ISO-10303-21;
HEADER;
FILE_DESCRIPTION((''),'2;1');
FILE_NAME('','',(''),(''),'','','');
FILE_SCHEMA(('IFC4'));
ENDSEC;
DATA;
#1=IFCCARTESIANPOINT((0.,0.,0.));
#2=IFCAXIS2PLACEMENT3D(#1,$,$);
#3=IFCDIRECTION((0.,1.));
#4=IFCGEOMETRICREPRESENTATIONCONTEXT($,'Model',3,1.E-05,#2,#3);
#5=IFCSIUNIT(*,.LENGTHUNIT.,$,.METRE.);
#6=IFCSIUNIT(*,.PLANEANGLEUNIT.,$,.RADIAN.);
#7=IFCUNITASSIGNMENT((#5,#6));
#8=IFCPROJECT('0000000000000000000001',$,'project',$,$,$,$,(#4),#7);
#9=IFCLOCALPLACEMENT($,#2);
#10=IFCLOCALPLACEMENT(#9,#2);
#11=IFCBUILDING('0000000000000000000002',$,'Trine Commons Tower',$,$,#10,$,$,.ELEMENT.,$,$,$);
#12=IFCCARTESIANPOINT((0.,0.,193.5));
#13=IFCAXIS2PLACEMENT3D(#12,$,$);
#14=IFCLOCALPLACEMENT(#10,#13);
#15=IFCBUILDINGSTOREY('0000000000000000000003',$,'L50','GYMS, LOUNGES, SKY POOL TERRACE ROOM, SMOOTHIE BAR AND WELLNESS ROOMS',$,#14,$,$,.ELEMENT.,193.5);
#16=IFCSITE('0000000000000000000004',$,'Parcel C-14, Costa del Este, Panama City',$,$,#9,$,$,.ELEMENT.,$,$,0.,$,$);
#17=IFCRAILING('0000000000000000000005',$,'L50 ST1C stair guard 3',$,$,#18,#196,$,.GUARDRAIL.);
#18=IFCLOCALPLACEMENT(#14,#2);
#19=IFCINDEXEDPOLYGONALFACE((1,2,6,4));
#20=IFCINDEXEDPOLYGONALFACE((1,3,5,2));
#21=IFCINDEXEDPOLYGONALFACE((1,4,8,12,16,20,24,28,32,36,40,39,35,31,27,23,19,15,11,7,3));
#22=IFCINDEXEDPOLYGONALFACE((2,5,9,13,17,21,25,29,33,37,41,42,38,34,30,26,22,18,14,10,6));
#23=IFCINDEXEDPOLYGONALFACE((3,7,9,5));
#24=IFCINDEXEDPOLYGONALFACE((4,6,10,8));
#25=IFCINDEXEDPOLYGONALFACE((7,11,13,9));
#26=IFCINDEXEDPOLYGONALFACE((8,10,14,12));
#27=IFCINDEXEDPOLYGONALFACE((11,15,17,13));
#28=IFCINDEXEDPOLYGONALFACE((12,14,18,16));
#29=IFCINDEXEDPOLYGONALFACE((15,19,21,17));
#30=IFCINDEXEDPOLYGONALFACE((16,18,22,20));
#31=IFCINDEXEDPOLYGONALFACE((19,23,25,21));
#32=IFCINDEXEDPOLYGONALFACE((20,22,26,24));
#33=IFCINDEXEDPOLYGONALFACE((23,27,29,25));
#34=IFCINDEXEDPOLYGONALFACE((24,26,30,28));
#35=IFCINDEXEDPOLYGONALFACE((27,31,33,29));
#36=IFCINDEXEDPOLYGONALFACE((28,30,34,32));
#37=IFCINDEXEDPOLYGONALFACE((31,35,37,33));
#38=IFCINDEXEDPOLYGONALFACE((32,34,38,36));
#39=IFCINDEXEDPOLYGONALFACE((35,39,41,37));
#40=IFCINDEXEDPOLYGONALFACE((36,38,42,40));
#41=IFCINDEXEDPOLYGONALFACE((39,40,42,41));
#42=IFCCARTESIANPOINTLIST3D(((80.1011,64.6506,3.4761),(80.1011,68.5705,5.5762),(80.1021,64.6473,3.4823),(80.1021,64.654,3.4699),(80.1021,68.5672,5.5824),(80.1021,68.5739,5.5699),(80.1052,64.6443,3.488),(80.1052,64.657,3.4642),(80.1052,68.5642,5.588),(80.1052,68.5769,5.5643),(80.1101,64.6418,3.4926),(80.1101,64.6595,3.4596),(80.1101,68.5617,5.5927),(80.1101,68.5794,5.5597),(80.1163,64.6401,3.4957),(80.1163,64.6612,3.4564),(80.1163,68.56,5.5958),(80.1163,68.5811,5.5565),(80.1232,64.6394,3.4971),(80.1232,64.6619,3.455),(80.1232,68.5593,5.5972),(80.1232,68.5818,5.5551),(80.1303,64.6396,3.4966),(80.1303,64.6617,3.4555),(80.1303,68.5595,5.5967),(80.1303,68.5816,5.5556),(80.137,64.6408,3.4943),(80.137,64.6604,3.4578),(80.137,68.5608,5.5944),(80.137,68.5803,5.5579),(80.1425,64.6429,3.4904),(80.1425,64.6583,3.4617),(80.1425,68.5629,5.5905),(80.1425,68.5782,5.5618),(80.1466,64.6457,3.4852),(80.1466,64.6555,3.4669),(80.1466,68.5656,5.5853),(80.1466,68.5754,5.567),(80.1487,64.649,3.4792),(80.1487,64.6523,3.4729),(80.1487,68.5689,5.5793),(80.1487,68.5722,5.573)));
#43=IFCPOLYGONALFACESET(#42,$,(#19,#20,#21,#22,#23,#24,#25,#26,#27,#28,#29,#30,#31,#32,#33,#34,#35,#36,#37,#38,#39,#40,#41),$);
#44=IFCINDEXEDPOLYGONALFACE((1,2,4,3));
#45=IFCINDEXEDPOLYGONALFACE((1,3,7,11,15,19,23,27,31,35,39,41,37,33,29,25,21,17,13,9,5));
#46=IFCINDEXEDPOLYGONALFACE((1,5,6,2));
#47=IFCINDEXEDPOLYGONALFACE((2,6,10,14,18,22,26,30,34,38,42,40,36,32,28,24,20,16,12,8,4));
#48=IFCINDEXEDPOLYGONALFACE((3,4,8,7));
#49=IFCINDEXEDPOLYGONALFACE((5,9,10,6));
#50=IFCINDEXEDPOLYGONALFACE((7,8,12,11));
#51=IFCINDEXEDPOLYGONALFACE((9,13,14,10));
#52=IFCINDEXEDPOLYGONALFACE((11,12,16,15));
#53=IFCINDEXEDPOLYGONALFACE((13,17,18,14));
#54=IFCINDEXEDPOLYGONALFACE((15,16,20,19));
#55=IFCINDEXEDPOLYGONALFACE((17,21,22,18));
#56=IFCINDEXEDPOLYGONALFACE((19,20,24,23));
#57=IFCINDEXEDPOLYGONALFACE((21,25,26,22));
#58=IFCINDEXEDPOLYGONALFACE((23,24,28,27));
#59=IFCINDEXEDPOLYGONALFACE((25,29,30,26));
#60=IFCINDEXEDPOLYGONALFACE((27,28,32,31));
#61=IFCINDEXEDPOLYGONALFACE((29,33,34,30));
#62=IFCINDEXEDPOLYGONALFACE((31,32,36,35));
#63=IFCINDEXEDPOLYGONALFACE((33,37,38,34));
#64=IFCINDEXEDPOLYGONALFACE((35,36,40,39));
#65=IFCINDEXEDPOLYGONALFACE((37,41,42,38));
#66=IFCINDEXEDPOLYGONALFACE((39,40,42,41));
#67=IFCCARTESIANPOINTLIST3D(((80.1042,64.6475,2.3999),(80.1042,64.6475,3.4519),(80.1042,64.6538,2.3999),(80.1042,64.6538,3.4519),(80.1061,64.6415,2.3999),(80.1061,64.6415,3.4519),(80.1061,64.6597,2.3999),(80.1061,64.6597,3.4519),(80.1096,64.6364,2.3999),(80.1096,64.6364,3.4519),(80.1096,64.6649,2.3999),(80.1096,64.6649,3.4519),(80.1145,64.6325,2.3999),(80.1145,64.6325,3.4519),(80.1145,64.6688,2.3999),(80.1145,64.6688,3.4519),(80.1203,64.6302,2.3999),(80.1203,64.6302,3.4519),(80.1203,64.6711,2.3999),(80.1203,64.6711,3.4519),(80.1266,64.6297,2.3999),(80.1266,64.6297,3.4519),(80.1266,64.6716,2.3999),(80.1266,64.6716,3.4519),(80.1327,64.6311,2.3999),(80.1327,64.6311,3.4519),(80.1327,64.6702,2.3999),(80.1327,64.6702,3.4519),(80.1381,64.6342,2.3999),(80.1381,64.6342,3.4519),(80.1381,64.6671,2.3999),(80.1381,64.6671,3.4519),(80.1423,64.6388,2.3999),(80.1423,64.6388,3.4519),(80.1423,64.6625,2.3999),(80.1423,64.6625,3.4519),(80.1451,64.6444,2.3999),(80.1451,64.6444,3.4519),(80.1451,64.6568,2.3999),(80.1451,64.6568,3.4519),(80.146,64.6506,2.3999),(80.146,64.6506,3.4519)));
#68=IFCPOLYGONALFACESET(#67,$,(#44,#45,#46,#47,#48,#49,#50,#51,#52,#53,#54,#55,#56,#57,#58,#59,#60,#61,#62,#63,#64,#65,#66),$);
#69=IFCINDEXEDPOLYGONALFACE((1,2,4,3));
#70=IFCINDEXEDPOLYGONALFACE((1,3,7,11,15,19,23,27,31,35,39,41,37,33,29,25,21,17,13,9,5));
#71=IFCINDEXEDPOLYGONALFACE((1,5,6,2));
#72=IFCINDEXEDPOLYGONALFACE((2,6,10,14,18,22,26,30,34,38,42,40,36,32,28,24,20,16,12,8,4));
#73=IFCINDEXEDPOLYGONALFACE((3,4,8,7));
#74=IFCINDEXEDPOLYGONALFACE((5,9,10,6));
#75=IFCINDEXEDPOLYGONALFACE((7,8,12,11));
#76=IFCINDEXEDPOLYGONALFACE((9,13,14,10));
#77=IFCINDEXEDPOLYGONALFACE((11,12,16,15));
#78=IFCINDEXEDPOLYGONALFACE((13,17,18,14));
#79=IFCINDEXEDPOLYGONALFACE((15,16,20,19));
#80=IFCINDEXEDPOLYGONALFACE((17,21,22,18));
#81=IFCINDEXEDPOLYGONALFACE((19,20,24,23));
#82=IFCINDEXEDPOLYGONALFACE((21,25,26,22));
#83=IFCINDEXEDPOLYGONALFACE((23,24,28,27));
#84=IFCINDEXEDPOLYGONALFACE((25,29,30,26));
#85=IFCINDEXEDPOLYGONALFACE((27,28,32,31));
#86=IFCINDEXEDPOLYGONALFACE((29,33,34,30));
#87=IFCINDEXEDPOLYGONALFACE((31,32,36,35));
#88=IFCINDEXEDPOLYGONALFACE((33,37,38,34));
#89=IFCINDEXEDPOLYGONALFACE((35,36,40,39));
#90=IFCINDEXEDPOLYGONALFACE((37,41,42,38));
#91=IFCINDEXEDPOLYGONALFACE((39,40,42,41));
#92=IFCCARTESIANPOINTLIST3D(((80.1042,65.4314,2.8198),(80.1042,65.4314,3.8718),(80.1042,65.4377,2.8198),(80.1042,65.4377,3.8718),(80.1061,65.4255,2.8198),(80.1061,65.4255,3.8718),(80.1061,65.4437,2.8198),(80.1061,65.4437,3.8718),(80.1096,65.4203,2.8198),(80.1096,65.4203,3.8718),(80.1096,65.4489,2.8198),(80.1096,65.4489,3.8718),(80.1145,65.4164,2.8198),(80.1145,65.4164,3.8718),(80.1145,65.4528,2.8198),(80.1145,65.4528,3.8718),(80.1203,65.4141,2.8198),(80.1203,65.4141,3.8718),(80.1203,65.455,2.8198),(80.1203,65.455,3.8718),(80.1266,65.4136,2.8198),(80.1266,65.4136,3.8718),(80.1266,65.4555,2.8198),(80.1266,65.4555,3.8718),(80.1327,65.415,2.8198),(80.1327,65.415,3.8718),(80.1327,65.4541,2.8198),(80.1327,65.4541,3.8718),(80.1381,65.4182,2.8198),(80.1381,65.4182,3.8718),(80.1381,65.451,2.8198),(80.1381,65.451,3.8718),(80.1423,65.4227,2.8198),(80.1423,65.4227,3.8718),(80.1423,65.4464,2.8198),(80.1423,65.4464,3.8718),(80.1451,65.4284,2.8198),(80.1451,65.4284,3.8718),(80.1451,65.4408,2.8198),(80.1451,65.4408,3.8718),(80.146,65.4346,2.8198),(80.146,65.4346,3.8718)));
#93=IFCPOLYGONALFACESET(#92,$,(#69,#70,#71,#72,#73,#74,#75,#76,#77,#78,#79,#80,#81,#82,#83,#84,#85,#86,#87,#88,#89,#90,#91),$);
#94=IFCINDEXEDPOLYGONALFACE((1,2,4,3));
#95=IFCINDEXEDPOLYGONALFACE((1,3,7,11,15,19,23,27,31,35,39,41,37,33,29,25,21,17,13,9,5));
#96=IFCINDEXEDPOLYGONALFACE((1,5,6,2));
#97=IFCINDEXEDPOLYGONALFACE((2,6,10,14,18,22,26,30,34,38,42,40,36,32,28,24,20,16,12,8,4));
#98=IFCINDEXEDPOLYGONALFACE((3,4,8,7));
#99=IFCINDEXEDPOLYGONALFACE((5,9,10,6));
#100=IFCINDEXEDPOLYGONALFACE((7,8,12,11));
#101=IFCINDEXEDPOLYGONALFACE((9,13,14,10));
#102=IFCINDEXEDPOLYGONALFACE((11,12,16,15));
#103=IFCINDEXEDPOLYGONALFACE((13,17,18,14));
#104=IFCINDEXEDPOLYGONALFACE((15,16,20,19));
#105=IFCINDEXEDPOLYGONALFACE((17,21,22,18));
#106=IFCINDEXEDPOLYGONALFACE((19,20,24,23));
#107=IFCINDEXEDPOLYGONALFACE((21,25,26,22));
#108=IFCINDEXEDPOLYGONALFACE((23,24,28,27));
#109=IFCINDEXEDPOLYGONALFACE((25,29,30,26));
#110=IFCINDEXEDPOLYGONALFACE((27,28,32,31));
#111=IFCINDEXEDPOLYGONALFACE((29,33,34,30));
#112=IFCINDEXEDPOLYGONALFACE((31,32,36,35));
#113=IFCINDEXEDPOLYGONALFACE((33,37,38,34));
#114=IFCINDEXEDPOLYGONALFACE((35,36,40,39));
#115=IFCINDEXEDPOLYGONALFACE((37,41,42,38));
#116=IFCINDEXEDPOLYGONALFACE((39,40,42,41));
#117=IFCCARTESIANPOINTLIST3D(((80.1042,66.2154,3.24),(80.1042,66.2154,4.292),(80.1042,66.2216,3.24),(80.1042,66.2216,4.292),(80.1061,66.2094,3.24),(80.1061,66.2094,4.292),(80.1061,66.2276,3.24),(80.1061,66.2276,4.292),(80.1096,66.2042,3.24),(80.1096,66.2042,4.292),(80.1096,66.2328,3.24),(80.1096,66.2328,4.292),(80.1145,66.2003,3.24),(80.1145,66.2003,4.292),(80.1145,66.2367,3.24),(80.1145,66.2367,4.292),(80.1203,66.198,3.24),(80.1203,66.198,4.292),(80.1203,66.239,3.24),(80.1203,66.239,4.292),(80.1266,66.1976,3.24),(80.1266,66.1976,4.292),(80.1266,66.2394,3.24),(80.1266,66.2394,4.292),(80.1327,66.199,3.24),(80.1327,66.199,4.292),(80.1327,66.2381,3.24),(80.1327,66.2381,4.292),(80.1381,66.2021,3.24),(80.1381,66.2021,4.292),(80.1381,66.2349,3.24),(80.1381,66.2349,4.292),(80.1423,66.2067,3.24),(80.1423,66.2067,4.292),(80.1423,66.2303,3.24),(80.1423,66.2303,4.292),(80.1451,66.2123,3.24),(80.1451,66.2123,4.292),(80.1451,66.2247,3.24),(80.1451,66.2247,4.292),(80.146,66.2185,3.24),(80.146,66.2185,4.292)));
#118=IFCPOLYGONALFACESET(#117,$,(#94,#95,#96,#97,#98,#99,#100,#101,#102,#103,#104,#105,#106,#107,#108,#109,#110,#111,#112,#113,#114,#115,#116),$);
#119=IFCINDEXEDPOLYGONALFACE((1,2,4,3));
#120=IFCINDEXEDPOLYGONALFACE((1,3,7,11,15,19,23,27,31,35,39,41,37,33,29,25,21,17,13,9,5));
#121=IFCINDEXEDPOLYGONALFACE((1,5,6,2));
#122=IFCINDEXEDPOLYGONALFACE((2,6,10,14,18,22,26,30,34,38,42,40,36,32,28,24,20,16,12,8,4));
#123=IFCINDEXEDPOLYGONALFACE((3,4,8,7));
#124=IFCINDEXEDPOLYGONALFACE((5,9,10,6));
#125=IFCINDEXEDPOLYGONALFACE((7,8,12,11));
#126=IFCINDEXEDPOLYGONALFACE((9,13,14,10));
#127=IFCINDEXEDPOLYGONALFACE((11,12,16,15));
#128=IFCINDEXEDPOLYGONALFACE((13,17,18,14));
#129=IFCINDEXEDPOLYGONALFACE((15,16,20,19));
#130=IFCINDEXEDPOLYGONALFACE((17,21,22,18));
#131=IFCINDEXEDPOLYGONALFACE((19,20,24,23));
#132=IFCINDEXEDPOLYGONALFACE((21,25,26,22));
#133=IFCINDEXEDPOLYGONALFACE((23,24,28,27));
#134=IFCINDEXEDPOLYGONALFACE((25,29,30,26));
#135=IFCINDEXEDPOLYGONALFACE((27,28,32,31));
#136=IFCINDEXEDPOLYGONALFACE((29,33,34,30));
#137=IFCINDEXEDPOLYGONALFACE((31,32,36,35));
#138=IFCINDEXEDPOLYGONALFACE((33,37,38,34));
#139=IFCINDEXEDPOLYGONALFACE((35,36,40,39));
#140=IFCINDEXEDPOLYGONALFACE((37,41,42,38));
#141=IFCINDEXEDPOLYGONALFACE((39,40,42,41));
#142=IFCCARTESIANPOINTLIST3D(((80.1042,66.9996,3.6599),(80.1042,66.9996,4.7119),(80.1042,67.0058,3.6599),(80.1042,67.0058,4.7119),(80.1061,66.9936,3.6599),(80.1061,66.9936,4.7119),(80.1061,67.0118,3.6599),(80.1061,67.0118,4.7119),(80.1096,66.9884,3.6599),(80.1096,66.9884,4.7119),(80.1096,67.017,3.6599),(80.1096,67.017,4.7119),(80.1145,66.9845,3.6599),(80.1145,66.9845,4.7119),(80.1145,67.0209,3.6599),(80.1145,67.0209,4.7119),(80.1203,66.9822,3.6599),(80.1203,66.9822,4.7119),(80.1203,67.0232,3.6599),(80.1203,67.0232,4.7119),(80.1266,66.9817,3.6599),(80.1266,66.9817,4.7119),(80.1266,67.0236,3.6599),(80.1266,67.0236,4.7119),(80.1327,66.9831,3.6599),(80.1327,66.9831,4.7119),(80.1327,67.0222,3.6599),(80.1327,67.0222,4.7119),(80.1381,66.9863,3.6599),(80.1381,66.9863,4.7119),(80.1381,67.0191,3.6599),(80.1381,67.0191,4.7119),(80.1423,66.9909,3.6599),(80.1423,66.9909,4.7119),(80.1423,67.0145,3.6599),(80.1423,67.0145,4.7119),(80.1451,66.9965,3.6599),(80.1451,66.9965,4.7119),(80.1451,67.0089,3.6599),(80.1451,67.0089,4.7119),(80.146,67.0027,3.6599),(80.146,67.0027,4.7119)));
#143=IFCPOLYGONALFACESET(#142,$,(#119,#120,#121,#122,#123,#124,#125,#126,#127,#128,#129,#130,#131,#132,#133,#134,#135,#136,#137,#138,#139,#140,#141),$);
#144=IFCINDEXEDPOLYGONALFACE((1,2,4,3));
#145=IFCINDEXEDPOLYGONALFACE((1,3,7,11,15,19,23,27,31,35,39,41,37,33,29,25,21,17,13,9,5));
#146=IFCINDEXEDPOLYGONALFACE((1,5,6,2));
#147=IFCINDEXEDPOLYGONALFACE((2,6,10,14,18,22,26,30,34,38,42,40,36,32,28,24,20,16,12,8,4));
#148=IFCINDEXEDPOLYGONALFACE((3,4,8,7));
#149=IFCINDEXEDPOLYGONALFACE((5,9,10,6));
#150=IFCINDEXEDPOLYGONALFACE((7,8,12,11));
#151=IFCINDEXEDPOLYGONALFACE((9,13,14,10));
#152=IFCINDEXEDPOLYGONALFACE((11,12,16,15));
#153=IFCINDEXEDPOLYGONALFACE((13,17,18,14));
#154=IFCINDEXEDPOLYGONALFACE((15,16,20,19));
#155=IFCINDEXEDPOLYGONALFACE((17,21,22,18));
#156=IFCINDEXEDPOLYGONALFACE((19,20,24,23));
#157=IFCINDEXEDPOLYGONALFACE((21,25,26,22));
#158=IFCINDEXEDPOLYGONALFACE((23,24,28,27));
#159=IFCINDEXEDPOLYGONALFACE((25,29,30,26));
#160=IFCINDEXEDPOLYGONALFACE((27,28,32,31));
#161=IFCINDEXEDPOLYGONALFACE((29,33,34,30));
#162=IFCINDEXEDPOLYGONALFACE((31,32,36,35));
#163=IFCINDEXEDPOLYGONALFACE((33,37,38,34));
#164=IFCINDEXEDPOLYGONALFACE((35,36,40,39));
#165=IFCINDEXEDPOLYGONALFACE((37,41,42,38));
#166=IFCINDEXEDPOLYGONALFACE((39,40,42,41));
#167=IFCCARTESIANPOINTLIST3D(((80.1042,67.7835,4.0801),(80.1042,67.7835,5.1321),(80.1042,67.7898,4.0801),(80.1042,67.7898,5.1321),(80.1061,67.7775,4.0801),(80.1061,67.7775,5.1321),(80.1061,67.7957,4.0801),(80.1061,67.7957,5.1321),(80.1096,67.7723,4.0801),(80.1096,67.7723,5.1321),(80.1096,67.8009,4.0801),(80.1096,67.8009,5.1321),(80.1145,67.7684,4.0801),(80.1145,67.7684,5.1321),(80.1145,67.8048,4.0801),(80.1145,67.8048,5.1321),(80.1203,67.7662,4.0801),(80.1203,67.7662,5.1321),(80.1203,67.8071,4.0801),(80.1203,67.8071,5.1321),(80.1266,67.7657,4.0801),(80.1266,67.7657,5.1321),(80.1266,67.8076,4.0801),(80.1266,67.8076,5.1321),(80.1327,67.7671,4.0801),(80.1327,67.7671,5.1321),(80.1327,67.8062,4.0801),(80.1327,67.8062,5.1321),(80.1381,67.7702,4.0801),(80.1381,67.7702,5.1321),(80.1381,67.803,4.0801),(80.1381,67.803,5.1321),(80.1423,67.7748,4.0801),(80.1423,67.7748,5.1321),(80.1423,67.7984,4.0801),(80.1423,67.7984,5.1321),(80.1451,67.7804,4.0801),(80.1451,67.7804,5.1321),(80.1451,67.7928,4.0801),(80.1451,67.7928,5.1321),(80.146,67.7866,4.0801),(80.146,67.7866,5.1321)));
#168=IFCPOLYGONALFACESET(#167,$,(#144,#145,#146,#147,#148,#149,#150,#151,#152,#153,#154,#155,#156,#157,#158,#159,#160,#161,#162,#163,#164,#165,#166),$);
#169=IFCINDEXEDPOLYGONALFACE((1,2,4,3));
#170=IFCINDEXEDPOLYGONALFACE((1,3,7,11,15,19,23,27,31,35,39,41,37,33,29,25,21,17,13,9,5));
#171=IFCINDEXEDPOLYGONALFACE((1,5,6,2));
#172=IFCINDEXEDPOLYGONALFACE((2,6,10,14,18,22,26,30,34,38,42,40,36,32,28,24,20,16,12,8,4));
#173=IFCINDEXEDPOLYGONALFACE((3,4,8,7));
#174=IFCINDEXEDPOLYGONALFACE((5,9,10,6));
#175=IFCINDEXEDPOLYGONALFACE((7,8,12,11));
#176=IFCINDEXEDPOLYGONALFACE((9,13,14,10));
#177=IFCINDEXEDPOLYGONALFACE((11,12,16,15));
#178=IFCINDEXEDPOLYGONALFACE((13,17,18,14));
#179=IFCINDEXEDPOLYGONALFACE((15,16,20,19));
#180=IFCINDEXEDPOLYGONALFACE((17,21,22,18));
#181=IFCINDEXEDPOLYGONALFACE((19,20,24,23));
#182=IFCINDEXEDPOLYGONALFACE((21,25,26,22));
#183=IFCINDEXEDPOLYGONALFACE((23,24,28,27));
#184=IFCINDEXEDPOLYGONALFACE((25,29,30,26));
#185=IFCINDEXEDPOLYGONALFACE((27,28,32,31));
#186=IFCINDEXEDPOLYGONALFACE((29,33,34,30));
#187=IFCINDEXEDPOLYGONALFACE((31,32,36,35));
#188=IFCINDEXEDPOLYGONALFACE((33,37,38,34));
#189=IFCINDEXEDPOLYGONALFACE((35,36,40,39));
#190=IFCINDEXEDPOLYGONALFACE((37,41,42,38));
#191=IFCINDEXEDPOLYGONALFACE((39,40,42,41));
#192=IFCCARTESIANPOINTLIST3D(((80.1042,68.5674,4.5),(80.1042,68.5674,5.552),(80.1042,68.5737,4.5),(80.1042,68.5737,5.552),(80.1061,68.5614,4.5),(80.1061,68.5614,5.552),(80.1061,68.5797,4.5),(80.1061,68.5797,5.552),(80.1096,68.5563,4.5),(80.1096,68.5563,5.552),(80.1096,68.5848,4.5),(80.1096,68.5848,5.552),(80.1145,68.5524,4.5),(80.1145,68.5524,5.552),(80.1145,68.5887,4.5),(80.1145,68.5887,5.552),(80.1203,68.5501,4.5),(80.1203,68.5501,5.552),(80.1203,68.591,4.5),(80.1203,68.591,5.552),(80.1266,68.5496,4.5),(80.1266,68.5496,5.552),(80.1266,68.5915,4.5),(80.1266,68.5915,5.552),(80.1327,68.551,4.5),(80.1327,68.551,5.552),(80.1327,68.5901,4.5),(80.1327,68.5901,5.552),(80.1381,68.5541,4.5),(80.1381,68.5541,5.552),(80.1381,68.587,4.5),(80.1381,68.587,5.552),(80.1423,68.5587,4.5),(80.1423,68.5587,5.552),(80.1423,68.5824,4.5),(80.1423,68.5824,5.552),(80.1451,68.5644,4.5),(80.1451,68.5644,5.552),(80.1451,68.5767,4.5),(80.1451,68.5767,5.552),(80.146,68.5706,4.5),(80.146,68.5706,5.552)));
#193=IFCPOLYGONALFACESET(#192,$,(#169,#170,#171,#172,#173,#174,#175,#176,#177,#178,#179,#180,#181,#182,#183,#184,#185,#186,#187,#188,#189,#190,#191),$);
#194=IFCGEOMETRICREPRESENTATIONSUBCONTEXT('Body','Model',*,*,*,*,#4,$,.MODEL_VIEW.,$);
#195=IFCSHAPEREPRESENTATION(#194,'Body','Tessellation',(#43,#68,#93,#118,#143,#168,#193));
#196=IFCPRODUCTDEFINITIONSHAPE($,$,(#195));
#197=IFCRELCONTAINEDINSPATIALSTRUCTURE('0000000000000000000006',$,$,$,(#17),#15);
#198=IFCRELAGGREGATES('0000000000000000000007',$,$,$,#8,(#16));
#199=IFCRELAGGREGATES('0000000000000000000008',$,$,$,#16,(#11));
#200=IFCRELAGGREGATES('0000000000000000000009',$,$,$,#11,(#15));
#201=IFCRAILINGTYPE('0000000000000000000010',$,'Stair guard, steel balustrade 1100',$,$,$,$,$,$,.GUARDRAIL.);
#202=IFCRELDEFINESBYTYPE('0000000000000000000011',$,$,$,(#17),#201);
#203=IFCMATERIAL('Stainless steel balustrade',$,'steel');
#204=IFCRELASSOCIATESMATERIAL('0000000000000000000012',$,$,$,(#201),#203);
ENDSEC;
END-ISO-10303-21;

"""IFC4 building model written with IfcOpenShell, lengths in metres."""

from ifc_helpers import new_model, si_unit, direction, frame, origin, origin_2d, place, context, subcontext, project, spatial, circle, extrude, material, type_object, element, save


model = new_model("IFC4")

# Units and contexts
model_context = context("Model", 3, precision=1e-05, world=origin(), true_north=direction((0.0, 1.0)))
body_context = subcontext(model_context, "Body", "Model", "MODEL_VIEW")
ifc_project = project(units=[si_unit("LENGTHUNIT", "METRE"), si_unit("PLANEANGLEUNIT", "RADIAN")], contexts=[model_context])

# Site, building, storey
site_placement = place(None, origin())
site = spatial("IfcSite", under=ifc_project, at=site_placement, Name="Parcel C-14, Costa del Este, Panama City", CompositionType="ELEMENT", RefElevation=0.0)
building_placement = place(site_placement, origin())
building = spatial("IfcBuilding", under=site, at=building_placement, Name="Trine Commons Tower", CompositionType="ELEMENT")
storey_placement = place(building_placement, frame((0.0, 0.0, 193.5)))
storey = spatial("IfcBuildingStorey", under=building, at=storey_placement, Name="L50", Description="GYMS, LOUNGES, SKY POOL TERRACE ROOM, SMOOTHIE BAR AND WELLNESS ROOMS", CompositionType="ELEMENT", Elevation=193.5)

# Railing
ifc_material_1 = material(Name="Stainless steel balustrade", Category="steel")
railing_type_1 = type_object("IfcRailingType", Name="Stair guard, steel balustrade 1100", PredefinedType="GUARDRAIL", material=ifc_material_1)
railing_1_placement = place(storey_placement, frame((80.125, 64.6506, 2.3999)))
element("IfcRailing", 1, at=railing_1_placement, inside=storey, type_object=railing_type_1, Name="L50 ST1C stair guard 3", PredefinedType="GUARDRAIL", context=body_context, shape_type="SweptSolid", body=[
    extrude(circle(Radius=0.0239, at=origin_2d()), frame((0.0, 0.0, 1.0762), z_axis=(0.0, 0.881467, 0.472246), x_axis=(-1.0, 0.0, 0.0)), (0.0, 0.0, 1.0), 4.447),
    extrude(circle(Radius=0.021, at=origin_2d()), origin(), (0.0, 0.0, 1.0), 1.052),
    extrude(circle(Radius=0.021, at=origin_2d()), frame((0.0, 0.7839, 0.4199)), (0.0, 0.0, 1.0), 1.052),
    extrude(circle(Radius=0.021, at=origin_2d()), frame((0.0, 1.5679, 0.8401)), (0.0, 0.0, 1.0), 1.052),
    extrude(circle(Radius=0.021, at=origin_2d()), frame((0.0, 2.3521, 1.26)), (0.0, 0.0, 1.0), 1.052),
    extrude(circle(Radius=0.021, at=origin_2d()), frame((0.0, 3.136, 1.6802)), (0.0, 0.0, 1.0), 1.052),
    extrude(circle(Radius=0.021, at=origin_2d()), frame((0.0, 3.9199, 2.1001)), (0.0, 0.0, 1.0), 1.052),
])

save(model, "model.ifc")
